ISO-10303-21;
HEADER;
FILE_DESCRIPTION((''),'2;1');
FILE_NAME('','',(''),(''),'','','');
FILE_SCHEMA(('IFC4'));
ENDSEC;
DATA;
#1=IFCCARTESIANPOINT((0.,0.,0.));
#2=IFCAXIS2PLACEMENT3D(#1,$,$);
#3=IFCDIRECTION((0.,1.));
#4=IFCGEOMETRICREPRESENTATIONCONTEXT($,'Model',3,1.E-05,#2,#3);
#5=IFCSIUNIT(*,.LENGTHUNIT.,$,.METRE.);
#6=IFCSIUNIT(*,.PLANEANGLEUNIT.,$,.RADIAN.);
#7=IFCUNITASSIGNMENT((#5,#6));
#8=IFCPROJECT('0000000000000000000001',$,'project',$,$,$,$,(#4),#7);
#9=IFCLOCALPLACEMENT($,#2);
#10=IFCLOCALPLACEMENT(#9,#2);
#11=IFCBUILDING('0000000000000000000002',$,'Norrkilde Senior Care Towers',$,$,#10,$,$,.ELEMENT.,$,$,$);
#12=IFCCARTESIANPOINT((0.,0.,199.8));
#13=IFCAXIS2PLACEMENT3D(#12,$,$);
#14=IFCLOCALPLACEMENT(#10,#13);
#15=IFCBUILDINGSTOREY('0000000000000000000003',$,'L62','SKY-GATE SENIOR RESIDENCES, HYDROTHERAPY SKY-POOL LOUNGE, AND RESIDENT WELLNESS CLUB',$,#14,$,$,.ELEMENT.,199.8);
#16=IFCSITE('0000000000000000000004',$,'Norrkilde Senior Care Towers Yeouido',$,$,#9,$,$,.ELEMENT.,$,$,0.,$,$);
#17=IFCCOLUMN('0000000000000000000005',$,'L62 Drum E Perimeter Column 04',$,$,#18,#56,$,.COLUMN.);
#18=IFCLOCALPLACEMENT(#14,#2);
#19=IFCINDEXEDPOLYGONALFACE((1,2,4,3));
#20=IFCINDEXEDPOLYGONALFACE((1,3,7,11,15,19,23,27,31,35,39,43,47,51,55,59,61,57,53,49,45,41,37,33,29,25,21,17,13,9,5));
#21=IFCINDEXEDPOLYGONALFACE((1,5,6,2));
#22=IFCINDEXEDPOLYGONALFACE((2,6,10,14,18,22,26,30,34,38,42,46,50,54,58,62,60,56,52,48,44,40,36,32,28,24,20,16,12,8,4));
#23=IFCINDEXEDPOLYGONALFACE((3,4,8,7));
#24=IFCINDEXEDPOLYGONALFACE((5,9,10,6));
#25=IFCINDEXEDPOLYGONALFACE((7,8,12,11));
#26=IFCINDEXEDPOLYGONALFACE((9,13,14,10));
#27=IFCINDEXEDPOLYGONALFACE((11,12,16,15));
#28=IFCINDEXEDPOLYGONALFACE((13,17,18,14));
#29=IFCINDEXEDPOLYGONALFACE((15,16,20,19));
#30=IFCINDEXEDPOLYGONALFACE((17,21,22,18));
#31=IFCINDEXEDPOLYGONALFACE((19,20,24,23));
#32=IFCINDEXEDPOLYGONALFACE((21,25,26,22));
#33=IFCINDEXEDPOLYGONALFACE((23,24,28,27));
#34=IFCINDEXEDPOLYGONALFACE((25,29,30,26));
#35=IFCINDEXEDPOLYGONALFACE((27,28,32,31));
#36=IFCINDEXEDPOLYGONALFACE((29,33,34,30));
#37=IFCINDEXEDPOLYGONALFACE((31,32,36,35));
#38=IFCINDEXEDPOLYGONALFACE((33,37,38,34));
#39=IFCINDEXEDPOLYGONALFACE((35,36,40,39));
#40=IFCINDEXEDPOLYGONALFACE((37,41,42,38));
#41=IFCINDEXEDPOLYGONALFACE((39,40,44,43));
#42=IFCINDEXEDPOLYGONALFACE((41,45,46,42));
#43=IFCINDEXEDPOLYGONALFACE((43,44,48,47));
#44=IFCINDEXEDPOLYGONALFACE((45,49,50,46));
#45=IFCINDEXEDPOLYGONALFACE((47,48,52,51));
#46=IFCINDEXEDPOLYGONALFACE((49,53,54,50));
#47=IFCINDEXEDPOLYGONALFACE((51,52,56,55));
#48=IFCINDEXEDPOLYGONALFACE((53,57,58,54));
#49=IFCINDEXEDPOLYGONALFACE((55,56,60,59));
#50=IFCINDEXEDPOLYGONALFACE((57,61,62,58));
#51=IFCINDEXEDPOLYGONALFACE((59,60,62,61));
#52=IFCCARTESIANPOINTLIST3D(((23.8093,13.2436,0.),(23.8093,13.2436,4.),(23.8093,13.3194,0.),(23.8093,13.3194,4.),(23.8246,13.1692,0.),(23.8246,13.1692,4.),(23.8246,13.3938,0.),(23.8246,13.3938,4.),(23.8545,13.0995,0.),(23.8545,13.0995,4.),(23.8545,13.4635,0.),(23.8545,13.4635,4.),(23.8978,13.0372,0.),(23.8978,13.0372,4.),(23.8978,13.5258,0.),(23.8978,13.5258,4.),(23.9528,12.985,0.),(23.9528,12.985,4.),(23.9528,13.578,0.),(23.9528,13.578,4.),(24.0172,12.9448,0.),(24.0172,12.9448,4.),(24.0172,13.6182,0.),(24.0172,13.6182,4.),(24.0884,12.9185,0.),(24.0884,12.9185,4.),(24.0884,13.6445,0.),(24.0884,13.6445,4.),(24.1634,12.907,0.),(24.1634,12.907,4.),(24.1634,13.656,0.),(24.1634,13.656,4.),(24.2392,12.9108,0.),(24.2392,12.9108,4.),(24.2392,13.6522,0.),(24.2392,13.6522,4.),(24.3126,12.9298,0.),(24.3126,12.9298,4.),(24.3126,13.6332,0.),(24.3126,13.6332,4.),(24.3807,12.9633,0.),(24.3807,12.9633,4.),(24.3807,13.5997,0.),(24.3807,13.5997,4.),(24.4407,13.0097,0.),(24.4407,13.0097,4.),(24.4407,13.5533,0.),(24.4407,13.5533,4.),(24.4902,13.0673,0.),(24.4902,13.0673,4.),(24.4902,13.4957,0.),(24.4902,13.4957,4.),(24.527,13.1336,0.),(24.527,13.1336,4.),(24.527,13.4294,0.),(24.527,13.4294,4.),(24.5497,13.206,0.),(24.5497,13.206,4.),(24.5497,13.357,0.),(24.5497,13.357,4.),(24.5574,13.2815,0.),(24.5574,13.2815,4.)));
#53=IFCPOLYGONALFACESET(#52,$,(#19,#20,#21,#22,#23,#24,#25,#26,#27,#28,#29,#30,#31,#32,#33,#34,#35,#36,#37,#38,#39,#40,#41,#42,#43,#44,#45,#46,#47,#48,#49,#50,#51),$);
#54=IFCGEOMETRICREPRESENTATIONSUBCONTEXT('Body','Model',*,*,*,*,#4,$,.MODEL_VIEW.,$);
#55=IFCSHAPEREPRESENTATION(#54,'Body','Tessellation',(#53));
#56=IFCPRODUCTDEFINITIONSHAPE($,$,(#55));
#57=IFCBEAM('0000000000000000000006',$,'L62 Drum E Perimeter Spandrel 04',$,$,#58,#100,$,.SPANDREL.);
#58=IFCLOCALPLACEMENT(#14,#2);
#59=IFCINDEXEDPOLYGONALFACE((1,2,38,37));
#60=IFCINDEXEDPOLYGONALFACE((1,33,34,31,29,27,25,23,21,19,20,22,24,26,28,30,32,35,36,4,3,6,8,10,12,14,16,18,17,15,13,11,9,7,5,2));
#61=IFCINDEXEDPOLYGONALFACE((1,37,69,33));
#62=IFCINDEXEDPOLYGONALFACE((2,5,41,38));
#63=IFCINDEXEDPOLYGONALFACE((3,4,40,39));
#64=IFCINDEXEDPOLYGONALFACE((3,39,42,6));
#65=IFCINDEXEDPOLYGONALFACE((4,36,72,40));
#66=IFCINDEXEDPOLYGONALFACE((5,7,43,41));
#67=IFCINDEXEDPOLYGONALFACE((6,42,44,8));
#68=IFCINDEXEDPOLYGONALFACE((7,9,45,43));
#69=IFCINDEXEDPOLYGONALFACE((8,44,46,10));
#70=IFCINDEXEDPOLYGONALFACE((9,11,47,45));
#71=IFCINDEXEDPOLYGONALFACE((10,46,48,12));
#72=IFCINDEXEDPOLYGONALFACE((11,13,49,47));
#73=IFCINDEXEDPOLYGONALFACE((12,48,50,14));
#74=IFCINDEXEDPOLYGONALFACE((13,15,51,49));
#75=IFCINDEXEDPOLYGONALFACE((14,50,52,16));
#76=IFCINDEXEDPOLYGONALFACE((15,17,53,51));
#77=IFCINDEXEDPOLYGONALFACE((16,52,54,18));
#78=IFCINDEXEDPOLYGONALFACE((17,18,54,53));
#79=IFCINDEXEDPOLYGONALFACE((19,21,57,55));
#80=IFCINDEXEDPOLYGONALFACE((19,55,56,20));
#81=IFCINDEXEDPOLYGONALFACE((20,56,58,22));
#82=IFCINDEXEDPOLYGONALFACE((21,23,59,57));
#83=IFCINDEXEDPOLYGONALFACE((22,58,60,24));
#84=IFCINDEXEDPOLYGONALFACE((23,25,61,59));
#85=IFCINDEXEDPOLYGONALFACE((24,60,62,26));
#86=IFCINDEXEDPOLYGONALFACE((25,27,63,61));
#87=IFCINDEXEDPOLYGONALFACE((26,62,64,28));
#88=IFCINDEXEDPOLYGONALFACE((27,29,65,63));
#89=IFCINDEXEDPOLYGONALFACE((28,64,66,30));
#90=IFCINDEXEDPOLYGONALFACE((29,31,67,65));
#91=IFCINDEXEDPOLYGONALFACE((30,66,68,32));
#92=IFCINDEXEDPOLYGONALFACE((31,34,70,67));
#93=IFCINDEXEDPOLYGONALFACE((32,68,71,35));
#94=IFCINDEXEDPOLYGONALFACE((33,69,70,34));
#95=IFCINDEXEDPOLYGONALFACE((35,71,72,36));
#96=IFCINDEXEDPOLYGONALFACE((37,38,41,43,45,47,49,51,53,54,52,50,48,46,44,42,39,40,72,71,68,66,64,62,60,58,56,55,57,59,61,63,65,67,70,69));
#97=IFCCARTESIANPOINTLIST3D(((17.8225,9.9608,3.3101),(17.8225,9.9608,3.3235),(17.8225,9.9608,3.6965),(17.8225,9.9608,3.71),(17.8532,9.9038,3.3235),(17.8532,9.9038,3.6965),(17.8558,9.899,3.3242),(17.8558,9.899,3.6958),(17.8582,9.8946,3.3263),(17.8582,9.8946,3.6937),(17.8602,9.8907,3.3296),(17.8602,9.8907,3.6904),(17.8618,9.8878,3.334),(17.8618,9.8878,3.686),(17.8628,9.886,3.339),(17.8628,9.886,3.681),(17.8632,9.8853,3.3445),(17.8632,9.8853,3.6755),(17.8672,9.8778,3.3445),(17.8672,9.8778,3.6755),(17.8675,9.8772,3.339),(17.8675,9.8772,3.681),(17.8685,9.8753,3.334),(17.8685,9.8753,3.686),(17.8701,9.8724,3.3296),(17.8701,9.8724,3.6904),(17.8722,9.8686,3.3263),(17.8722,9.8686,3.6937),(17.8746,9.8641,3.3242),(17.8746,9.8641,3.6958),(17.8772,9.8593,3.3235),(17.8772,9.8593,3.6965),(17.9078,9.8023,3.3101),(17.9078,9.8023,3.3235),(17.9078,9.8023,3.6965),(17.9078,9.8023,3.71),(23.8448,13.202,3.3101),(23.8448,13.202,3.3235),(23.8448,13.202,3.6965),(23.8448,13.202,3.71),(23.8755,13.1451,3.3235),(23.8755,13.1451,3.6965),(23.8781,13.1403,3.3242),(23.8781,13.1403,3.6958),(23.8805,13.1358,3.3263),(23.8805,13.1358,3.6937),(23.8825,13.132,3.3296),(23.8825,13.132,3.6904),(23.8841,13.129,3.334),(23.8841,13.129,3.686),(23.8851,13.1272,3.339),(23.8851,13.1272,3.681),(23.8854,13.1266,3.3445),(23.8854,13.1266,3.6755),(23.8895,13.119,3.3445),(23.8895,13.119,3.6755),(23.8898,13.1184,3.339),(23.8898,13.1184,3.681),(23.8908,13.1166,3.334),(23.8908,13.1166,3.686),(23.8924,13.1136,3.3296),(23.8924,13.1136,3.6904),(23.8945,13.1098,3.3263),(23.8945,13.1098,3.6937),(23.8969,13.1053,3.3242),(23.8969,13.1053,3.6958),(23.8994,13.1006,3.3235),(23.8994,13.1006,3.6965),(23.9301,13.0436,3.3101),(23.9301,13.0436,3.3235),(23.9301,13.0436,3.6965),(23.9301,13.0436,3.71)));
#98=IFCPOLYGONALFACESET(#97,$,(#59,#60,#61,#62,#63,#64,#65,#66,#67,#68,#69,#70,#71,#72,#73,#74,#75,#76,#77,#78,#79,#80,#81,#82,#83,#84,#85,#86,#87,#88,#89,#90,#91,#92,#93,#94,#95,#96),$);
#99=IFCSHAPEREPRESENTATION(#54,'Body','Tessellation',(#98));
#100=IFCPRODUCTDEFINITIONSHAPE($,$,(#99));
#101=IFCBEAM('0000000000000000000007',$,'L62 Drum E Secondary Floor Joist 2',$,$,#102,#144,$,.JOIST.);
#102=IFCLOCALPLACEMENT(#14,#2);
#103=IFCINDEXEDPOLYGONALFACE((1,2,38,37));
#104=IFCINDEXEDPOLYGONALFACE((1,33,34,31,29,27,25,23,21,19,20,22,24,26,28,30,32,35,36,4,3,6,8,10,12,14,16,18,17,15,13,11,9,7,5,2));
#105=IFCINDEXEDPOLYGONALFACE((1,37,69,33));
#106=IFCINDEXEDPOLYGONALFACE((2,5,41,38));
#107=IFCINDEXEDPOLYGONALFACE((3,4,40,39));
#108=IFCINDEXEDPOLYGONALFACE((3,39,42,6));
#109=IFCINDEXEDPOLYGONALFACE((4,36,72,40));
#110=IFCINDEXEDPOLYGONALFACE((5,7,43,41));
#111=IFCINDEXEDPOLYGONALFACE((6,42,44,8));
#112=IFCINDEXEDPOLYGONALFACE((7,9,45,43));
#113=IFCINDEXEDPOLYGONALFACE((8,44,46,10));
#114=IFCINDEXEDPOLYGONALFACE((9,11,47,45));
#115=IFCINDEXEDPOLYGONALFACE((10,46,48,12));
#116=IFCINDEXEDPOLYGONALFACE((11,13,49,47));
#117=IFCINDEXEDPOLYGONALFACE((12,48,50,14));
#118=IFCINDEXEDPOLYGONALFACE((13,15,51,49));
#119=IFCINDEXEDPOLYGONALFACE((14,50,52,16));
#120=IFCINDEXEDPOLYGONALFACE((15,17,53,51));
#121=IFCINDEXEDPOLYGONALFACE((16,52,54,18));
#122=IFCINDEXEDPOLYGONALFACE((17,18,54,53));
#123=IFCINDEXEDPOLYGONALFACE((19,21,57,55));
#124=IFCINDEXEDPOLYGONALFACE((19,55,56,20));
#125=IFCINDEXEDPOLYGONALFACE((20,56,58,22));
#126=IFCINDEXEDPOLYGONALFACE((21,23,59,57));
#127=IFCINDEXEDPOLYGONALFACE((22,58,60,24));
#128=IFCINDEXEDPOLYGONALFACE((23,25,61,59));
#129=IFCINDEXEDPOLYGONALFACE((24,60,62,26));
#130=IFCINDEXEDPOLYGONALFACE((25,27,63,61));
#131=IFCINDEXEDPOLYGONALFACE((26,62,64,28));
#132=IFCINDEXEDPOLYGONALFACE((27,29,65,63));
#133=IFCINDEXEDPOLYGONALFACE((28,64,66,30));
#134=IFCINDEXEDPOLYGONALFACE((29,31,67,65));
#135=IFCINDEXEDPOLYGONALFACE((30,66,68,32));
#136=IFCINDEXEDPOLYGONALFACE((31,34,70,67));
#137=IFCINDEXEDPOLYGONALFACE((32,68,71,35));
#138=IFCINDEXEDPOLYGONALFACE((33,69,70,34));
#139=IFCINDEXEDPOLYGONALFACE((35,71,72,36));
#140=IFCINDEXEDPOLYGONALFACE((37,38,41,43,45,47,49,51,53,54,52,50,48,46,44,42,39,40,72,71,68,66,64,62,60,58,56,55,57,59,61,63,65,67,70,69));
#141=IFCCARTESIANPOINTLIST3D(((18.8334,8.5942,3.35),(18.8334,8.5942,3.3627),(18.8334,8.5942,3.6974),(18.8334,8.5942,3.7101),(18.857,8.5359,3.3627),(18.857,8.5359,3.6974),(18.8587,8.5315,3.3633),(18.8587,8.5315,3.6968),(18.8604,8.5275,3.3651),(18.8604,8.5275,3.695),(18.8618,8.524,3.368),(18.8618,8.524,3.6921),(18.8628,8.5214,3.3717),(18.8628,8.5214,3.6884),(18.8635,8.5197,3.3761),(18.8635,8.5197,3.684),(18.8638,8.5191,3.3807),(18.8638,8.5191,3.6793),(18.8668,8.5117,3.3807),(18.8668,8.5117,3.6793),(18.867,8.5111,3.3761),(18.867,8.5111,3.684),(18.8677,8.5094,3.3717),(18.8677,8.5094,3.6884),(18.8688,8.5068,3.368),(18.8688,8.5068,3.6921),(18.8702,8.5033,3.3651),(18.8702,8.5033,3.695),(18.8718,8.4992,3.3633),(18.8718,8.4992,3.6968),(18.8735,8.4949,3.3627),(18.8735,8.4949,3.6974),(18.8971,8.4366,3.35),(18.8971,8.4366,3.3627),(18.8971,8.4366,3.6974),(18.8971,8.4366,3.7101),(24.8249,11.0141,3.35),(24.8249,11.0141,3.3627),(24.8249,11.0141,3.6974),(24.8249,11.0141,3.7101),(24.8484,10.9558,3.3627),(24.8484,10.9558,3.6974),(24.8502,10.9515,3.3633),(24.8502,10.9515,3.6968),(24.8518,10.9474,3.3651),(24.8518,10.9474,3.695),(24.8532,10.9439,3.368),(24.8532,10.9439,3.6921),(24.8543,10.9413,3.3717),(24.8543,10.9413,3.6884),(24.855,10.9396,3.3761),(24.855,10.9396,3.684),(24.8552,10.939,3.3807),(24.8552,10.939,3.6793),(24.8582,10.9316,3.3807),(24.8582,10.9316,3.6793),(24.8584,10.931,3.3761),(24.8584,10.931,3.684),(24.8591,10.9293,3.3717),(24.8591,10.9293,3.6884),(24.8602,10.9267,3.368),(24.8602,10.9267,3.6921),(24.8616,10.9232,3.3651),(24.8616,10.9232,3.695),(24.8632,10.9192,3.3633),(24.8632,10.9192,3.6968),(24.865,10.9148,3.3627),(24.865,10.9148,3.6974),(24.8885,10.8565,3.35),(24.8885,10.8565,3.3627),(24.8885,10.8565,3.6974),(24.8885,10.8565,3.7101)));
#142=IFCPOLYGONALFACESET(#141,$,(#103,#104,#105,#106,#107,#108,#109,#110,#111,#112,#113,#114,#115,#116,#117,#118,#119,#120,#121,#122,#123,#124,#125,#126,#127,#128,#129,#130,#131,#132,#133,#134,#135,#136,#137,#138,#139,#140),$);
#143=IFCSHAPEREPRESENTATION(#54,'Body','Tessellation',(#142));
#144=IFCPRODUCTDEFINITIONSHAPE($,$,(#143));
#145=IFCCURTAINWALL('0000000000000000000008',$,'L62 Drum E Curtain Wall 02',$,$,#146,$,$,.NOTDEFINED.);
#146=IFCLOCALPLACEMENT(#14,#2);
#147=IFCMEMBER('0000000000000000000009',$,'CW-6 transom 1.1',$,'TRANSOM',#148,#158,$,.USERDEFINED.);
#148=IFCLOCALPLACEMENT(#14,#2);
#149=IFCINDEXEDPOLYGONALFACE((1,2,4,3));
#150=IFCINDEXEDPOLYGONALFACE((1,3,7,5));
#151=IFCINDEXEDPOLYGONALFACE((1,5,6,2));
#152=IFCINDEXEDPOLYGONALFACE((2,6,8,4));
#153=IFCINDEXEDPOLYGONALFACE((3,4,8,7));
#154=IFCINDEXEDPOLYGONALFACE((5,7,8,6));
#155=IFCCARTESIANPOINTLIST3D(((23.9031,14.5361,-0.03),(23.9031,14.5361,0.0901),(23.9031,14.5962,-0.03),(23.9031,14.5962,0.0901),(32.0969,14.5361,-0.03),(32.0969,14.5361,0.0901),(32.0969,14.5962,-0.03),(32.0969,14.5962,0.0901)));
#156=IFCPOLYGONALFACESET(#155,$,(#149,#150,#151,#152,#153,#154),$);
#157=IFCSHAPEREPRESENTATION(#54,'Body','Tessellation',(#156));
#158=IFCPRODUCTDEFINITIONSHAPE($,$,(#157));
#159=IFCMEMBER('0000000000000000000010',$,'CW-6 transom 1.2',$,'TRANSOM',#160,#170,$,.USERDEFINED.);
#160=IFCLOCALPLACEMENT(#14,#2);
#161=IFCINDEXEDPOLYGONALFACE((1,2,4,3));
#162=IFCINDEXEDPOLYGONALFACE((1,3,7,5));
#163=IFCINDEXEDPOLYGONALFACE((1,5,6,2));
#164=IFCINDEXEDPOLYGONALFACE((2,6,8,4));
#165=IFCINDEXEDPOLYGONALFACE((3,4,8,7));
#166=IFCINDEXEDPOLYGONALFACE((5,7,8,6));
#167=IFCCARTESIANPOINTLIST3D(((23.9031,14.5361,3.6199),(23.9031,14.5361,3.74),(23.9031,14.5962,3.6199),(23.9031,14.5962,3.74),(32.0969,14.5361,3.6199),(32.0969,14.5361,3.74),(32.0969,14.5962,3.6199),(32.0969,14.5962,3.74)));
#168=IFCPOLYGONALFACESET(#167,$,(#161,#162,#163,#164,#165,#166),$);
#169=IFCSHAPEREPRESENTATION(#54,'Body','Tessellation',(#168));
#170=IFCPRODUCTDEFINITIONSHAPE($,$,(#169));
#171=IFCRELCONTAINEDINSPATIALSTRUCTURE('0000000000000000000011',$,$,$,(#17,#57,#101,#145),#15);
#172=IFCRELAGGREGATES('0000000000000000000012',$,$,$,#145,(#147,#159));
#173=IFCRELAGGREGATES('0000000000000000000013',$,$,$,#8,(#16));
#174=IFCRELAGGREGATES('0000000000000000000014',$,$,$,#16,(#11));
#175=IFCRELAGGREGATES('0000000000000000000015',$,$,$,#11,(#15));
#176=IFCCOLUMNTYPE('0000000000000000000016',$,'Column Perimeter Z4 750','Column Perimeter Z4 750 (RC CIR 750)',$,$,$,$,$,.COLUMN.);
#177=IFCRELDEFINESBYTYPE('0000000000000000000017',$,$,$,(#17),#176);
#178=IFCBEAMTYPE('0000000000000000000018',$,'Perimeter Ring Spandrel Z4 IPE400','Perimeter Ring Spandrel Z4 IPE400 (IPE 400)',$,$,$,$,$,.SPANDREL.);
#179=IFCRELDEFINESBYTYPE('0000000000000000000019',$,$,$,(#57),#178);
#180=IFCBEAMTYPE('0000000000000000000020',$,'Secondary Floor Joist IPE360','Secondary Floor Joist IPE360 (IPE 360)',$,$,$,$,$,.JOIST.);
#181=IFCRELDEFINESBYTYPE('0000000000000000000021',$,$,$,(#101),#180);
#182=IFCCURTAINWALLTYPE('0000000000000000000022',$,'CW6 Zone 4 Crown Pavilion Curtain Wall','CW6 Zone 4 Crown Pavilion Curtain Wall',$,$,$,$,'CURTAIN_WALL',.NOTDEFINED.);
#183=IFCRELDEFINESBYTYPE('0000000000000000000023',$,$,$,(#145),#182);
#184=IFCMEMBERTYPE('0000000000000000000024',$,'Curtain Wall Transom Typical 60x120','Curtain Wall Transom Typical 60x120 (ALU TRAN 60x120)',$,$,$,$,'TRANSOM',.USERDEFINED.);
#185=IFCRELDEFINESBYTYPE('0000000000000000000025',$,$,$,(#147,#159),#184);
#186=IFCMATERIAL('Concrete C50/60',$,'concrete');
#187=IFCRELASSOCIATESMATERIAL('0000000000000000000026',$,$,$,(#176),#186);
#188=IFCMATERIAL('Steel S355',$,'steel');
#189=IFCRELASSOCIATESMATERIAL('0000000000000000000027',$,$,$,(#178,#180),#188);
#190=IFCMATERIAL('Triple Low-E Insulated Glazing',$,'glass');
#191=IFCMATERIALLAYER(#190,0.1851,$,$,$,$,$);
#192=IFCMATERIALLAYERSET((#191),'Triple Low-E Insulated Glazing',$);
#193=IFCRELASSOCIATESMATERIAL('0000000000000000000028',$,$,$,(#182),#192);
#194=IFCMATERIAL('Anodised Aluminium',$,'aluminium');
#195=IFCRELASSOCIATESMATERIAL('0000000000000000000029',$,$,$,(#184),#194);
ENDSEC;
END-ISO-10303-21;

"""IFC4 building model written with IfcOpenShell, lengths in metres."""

from ifc_helpers import new_model, si_unit, direction, frame, origin, origin_2d, place, context, subcontext, project, spatial, rectangle, circle, i_section, extrude, source, transform, mapped, material, layer, layer_set, material_profile, profile_set, type_object, type_shapes, element, aggregate, save


model = new_model("IFC4")

# Units and contexts
model_context = context("Model", 3, precision=1e-05, world=origin(), true_north=direction((0.0, 1.0)))
body_context = subcontext(model_context, "Body", "Model", "MODEL_VIEW")
ifc_project = project(units=[si_unit("LENGTHUNIT", "METRE"), si_unit("PLANEANGLEUNIT", "RADIAN")], contexts=[model_context])

# Site, building, storey
site_placement = place(None, origin())
site = spatial("IfcSite", under=ifc_project, at=site_placement, Name="Norrkilde Senior Care Towers Yeouido", CompositionType="ELEMENT", RefElevation=0.0)
building_placement = place(site_placement, origin())
building = spatial("IfcBuilding", under=site, at=building_placement, Name="Norrkilde Senior Care Towers", CompositionType="ELEMENT")
storey_placement = place(building_placement, frame((0.0, 0.0, 199.8)))
storey = spatial("IfcBuildingStorey", under=building, at=storey_placement, Name="L62", Description="SKY-GATE SENIOR RESIDENCES, HYDROTHERAPY SKY-POOL LOUNGE, AND RESIDENT WELLNESS CLUB", CompositionType="ELEMENT", Elevation=199.8)

# Column
ifc_material_1 = material(Name="Concrete C50/60", Category="concrete")
ifc_material_profile_1 = material_profile(ifc_material_1, circle(Radius=0.375, at=origin_2d()), Name="RC CIR 750")
ifc_profile_set_1 = profile_set([ifc_material_profile_1], Name="Concrete C50/60")
column_type = type_object("IfcColumnType", Name="Column Perimeter Z4 750", Description="Column Perimeter Z4 750 (RC CIR 750)", PredefinedType="COLUMN", material=ifc_profile_set_1)
shared_shape_1 = source(origin(), body_context, "Body", "SweptSolid", [
    extrude(circle(Radius=0.375, at=origin_2d()), origin(), (0.0, 0.0, 1.0), 4.0),
])
type_shapes(column_type, [shared_shape_1])
column_placement = place(storey_placement, frame((24.1824, 13.2815, 0.0), z_axis=(0.0, 0.0, 1.0), x_axis=(1.0, 0.0, 0.0)))
element("IfcColumn", 1, at=column_placement, inside=storey, type_object=column_type, Name="L62 Drum E Perimeter Column 04", PredefinedType="COLUMN", context=body_context, shape_type="MappedRepresentation", body=[
    mapped(shared_shape_1, transform((0.0, 0.0, 0.0), x_axis=(1.0, 0.0, 0.0), y_axis=(0.0, 1.0, 0.0), z_axis=(0.0, 0.0, 1.0), scale=1.0)),
])

# Beams
ifc_material_2 = material(Name="Steel S355", Category="steel")
ifc_material_profile_2 = material_profile(ifc_material_2, i_section(OverallWidth=0.1799, OverallDepth=0.3999, WebThickness=0.0085, FlangeThickness=0.0134, FilletRadius=0.021, at=origin_2d()), Name="IPE 400")
ifc_profile_set_2 = profile_set([ifc_material_profile_2], Name="Steel S355")
beam_type_1 = type_object("IfcBeamType", Name="Perimeter Ring Spandrel Z4 IPE400", Description="Perimeter Ring Spandrel Z4 IPE400 (IPE 400)", PredefinedType="SPANDREL", material=ifc_profile_set_2)
shared_shape_2 = source(origin(), body_context, "Body", "SweptSolid", [
    extrude(i_section(OverallWidth=0.1799, OverallDepth=0.3999, WebThickness=0.0085, FlangeThickness=0.0134, FilletRadius=0.021, at=origin_2d()), origin(), (0.0, 0.0, 1.0), 6.8391),
])
type_shapes(beam_type_1, [shared_shape_2])
beam_1_placement = place(storey_placement, frame((23.8875, 13.1228, 3.51), z_axis=(-0.880564, -0.473927, 0.0), x_axis=(0.473927, -0.880564, 0.0)))
element("IfcBeam", 2, at=beam_1_placement, inside=storey, type_object=beam_type_1, Name="L62 Drum E Perimeter Spandrel 04", PredefinedType="SPANDREL", context=body_context, shape_type="MappedRepresentation", body=[
    mapped(shared_shape_2, transform((0.0, 0.0, 0.0), x_axis=(1.0, 0.0, 0.0), y_axis=(0.0, 1.0, 0.0), z_axis=(0.0, 0.0, 1.0), scale=1.0)),
])
ifc_material_profile_3 = material_profile(ifc_material_2, i_section(OverallWidth=0.1699, OverallDepth=0.3601, WebThickness=0.0081, FlangeThickness=0.0127, FilletRadius=0.0181, at=origin_2d()), Name="IPE 360")
ifc_profile_set_3 = profile_set([ifc_material_profile_3], Name="Steel S355")
beam_type_2 = type_object("IfcBeamType", Name="Secondary Floor Joist IPE360", Description="Secondary Floor Joist IPE360 (IPE 360)", PredefinedType="JOIST", material=ifc_profile_set_3)
shared_shape_3 = source(origin(), body_context, "Body", "SweptSolid", [
    extrude(i_section(OverallWidth=0.1699, OverallDepth=0.3601, WebThickness=0.0081, FlangeThickness=0.0127, FilletRadius=0.0181, at=origin_2d()), origin(), (0.0, 0.0, 1.0), 6.4617),
])
type_shapes(beam_type_2, [shared_shape_3])
beam_2_placement = place(storey_placement, frame((24.8567, 10.9353, 3.53), z_axis=(-0.927226, -0.374502, 0.0), x_axis=(0.374502, -0.927226, 0.0)))
element("IfcBeam", 3, at=beam_2_placement, inside=storey, type_object=beam_type_2, Name="L62 Drum E Secondary Floor Joist 2", PredefinedType="JOIST", context=body_context, shape_type="MappedRepresentation", body=[
    mapped(shared_shape_3, transform((0.0, 0.0, 0.0), x_axis=(1.0, 0.0, 0.0), y_axis=(0.0, 1.0, 0.0), z_axis=(0.0, 0.0, 1.0), scale=1.0)),
])

# Curtain wall, members
ifc_material_3 = material(Name="Triple Low-E Insulated Glazing", Category="glass")
ifc_layer_1 = layer(ifc_material_3, 0.1851)
ifc_layer_set_1 = layer_set([ifc_layer_1], Name="Triple Low-E Insulated Glazing")
curtain_wall_type = type_object("IfcCurtainWallType", Name="CW6 Zone 4 Crown Pavilion Curtain Wall", Description="CW6 Zone 4 Crown Pavilion Curtain Wall", ElementType="CURTAIN_WALL", PredefinedType="NOTDEFINED", material=ifc_layer_set_1)
curtain_wall_1_placement = place(storey_placement, origin())
curtain_wall_1 = element("IfcCurtainWall", 4, at=curtain_wall_1_placement, inside=storey, type_object=curtain_wall_type, Name="L62 Drum E Curtain Wall 02", PredefinedType="NOTDEFINED")
ifc_material_4 = material(Name="Anodised Aluminium", Category="aluminium")
ifc_material_profile_4 = material_profile(ifc_material_4, rectangle(XDim=0.0601, YDim=0.1201, at=origin_2d()), Name="ALU TRAN 60x120")
ifc_profile_set_4 = profile_set([ifc_material_profile_4], Name="Anodised Aluminium")
member_type_1 = type_object("IfcMemberType", Name="Curtain Wall Transom Typical 60x120", Description="Curtain Wall Transom Typical 60x120 (ALU TRAN 60x120)", ElementType="TRANSOM", PredefinedType="USERDEFINED", material=ifc_profile_set_4)
shared_shape_4 = source(origin(), body_context, "Body", "SweptSolid", [
    extrude(rectangle(XDim=0.0601, YDim=0.1201, at=origin_2d()), origin(), (0.0, 0.0, 1.0), 8.1938),
])
type_shapes(member_type_1, [shared_shape_4])
member_1_placement = place(storey_placement, frame((23.9031, 14.5662, 0.03), z_axis=(1.0, 0.0, 0.0), x_axis=(0.0, 1.0, 0.0)))
member_1 = element("IfcMember", 5, at=member_1_placement, type_object=member_type_1, Name="CW-6 transom 1.1", ObjectType="TRANSOM", PredefinedType="USERDEFINED", context=body_context, shape_type="MappedRepresentation", body=[
    mapped(shared_shape_4, transform((0.0, 0.0, 0.0), x_axis=(1.0, 0.0, 0.0), y_axis=(0.0, 1.0, 0.0), z_axis=(0.0, 0.0, 1.0), scale=1.0)),
])
member_2_placement = place(storey_placement, frame((23.9031, 14.5662, 3.6799), z_axis=(1.0, 0.0, 0.0), x_axis=(0.0, 1.0, 0.0)))
member_2 = element("IfcMember", 6, at=member_2_placement, type_object=member_type_1, Name="CW-6 transom 1.2", ObjectType="TRANSOM", PredefinedType="USERDEFINED", context=body_context, shape_type="MappedRepresentation", body=[
    mapped(shared_shape_4, transform((0.0, 0.0, 0.0), x_axis=(1.0, 0.0, 0.0), y_axis=(0.0, 1.0, 0.0), z_axis=(0.0, 0.0, 1.0), scale=1.0)),
])

aggregate(curtain_wall_1, [member_1, member_2])

save(model, "model.ifc")
